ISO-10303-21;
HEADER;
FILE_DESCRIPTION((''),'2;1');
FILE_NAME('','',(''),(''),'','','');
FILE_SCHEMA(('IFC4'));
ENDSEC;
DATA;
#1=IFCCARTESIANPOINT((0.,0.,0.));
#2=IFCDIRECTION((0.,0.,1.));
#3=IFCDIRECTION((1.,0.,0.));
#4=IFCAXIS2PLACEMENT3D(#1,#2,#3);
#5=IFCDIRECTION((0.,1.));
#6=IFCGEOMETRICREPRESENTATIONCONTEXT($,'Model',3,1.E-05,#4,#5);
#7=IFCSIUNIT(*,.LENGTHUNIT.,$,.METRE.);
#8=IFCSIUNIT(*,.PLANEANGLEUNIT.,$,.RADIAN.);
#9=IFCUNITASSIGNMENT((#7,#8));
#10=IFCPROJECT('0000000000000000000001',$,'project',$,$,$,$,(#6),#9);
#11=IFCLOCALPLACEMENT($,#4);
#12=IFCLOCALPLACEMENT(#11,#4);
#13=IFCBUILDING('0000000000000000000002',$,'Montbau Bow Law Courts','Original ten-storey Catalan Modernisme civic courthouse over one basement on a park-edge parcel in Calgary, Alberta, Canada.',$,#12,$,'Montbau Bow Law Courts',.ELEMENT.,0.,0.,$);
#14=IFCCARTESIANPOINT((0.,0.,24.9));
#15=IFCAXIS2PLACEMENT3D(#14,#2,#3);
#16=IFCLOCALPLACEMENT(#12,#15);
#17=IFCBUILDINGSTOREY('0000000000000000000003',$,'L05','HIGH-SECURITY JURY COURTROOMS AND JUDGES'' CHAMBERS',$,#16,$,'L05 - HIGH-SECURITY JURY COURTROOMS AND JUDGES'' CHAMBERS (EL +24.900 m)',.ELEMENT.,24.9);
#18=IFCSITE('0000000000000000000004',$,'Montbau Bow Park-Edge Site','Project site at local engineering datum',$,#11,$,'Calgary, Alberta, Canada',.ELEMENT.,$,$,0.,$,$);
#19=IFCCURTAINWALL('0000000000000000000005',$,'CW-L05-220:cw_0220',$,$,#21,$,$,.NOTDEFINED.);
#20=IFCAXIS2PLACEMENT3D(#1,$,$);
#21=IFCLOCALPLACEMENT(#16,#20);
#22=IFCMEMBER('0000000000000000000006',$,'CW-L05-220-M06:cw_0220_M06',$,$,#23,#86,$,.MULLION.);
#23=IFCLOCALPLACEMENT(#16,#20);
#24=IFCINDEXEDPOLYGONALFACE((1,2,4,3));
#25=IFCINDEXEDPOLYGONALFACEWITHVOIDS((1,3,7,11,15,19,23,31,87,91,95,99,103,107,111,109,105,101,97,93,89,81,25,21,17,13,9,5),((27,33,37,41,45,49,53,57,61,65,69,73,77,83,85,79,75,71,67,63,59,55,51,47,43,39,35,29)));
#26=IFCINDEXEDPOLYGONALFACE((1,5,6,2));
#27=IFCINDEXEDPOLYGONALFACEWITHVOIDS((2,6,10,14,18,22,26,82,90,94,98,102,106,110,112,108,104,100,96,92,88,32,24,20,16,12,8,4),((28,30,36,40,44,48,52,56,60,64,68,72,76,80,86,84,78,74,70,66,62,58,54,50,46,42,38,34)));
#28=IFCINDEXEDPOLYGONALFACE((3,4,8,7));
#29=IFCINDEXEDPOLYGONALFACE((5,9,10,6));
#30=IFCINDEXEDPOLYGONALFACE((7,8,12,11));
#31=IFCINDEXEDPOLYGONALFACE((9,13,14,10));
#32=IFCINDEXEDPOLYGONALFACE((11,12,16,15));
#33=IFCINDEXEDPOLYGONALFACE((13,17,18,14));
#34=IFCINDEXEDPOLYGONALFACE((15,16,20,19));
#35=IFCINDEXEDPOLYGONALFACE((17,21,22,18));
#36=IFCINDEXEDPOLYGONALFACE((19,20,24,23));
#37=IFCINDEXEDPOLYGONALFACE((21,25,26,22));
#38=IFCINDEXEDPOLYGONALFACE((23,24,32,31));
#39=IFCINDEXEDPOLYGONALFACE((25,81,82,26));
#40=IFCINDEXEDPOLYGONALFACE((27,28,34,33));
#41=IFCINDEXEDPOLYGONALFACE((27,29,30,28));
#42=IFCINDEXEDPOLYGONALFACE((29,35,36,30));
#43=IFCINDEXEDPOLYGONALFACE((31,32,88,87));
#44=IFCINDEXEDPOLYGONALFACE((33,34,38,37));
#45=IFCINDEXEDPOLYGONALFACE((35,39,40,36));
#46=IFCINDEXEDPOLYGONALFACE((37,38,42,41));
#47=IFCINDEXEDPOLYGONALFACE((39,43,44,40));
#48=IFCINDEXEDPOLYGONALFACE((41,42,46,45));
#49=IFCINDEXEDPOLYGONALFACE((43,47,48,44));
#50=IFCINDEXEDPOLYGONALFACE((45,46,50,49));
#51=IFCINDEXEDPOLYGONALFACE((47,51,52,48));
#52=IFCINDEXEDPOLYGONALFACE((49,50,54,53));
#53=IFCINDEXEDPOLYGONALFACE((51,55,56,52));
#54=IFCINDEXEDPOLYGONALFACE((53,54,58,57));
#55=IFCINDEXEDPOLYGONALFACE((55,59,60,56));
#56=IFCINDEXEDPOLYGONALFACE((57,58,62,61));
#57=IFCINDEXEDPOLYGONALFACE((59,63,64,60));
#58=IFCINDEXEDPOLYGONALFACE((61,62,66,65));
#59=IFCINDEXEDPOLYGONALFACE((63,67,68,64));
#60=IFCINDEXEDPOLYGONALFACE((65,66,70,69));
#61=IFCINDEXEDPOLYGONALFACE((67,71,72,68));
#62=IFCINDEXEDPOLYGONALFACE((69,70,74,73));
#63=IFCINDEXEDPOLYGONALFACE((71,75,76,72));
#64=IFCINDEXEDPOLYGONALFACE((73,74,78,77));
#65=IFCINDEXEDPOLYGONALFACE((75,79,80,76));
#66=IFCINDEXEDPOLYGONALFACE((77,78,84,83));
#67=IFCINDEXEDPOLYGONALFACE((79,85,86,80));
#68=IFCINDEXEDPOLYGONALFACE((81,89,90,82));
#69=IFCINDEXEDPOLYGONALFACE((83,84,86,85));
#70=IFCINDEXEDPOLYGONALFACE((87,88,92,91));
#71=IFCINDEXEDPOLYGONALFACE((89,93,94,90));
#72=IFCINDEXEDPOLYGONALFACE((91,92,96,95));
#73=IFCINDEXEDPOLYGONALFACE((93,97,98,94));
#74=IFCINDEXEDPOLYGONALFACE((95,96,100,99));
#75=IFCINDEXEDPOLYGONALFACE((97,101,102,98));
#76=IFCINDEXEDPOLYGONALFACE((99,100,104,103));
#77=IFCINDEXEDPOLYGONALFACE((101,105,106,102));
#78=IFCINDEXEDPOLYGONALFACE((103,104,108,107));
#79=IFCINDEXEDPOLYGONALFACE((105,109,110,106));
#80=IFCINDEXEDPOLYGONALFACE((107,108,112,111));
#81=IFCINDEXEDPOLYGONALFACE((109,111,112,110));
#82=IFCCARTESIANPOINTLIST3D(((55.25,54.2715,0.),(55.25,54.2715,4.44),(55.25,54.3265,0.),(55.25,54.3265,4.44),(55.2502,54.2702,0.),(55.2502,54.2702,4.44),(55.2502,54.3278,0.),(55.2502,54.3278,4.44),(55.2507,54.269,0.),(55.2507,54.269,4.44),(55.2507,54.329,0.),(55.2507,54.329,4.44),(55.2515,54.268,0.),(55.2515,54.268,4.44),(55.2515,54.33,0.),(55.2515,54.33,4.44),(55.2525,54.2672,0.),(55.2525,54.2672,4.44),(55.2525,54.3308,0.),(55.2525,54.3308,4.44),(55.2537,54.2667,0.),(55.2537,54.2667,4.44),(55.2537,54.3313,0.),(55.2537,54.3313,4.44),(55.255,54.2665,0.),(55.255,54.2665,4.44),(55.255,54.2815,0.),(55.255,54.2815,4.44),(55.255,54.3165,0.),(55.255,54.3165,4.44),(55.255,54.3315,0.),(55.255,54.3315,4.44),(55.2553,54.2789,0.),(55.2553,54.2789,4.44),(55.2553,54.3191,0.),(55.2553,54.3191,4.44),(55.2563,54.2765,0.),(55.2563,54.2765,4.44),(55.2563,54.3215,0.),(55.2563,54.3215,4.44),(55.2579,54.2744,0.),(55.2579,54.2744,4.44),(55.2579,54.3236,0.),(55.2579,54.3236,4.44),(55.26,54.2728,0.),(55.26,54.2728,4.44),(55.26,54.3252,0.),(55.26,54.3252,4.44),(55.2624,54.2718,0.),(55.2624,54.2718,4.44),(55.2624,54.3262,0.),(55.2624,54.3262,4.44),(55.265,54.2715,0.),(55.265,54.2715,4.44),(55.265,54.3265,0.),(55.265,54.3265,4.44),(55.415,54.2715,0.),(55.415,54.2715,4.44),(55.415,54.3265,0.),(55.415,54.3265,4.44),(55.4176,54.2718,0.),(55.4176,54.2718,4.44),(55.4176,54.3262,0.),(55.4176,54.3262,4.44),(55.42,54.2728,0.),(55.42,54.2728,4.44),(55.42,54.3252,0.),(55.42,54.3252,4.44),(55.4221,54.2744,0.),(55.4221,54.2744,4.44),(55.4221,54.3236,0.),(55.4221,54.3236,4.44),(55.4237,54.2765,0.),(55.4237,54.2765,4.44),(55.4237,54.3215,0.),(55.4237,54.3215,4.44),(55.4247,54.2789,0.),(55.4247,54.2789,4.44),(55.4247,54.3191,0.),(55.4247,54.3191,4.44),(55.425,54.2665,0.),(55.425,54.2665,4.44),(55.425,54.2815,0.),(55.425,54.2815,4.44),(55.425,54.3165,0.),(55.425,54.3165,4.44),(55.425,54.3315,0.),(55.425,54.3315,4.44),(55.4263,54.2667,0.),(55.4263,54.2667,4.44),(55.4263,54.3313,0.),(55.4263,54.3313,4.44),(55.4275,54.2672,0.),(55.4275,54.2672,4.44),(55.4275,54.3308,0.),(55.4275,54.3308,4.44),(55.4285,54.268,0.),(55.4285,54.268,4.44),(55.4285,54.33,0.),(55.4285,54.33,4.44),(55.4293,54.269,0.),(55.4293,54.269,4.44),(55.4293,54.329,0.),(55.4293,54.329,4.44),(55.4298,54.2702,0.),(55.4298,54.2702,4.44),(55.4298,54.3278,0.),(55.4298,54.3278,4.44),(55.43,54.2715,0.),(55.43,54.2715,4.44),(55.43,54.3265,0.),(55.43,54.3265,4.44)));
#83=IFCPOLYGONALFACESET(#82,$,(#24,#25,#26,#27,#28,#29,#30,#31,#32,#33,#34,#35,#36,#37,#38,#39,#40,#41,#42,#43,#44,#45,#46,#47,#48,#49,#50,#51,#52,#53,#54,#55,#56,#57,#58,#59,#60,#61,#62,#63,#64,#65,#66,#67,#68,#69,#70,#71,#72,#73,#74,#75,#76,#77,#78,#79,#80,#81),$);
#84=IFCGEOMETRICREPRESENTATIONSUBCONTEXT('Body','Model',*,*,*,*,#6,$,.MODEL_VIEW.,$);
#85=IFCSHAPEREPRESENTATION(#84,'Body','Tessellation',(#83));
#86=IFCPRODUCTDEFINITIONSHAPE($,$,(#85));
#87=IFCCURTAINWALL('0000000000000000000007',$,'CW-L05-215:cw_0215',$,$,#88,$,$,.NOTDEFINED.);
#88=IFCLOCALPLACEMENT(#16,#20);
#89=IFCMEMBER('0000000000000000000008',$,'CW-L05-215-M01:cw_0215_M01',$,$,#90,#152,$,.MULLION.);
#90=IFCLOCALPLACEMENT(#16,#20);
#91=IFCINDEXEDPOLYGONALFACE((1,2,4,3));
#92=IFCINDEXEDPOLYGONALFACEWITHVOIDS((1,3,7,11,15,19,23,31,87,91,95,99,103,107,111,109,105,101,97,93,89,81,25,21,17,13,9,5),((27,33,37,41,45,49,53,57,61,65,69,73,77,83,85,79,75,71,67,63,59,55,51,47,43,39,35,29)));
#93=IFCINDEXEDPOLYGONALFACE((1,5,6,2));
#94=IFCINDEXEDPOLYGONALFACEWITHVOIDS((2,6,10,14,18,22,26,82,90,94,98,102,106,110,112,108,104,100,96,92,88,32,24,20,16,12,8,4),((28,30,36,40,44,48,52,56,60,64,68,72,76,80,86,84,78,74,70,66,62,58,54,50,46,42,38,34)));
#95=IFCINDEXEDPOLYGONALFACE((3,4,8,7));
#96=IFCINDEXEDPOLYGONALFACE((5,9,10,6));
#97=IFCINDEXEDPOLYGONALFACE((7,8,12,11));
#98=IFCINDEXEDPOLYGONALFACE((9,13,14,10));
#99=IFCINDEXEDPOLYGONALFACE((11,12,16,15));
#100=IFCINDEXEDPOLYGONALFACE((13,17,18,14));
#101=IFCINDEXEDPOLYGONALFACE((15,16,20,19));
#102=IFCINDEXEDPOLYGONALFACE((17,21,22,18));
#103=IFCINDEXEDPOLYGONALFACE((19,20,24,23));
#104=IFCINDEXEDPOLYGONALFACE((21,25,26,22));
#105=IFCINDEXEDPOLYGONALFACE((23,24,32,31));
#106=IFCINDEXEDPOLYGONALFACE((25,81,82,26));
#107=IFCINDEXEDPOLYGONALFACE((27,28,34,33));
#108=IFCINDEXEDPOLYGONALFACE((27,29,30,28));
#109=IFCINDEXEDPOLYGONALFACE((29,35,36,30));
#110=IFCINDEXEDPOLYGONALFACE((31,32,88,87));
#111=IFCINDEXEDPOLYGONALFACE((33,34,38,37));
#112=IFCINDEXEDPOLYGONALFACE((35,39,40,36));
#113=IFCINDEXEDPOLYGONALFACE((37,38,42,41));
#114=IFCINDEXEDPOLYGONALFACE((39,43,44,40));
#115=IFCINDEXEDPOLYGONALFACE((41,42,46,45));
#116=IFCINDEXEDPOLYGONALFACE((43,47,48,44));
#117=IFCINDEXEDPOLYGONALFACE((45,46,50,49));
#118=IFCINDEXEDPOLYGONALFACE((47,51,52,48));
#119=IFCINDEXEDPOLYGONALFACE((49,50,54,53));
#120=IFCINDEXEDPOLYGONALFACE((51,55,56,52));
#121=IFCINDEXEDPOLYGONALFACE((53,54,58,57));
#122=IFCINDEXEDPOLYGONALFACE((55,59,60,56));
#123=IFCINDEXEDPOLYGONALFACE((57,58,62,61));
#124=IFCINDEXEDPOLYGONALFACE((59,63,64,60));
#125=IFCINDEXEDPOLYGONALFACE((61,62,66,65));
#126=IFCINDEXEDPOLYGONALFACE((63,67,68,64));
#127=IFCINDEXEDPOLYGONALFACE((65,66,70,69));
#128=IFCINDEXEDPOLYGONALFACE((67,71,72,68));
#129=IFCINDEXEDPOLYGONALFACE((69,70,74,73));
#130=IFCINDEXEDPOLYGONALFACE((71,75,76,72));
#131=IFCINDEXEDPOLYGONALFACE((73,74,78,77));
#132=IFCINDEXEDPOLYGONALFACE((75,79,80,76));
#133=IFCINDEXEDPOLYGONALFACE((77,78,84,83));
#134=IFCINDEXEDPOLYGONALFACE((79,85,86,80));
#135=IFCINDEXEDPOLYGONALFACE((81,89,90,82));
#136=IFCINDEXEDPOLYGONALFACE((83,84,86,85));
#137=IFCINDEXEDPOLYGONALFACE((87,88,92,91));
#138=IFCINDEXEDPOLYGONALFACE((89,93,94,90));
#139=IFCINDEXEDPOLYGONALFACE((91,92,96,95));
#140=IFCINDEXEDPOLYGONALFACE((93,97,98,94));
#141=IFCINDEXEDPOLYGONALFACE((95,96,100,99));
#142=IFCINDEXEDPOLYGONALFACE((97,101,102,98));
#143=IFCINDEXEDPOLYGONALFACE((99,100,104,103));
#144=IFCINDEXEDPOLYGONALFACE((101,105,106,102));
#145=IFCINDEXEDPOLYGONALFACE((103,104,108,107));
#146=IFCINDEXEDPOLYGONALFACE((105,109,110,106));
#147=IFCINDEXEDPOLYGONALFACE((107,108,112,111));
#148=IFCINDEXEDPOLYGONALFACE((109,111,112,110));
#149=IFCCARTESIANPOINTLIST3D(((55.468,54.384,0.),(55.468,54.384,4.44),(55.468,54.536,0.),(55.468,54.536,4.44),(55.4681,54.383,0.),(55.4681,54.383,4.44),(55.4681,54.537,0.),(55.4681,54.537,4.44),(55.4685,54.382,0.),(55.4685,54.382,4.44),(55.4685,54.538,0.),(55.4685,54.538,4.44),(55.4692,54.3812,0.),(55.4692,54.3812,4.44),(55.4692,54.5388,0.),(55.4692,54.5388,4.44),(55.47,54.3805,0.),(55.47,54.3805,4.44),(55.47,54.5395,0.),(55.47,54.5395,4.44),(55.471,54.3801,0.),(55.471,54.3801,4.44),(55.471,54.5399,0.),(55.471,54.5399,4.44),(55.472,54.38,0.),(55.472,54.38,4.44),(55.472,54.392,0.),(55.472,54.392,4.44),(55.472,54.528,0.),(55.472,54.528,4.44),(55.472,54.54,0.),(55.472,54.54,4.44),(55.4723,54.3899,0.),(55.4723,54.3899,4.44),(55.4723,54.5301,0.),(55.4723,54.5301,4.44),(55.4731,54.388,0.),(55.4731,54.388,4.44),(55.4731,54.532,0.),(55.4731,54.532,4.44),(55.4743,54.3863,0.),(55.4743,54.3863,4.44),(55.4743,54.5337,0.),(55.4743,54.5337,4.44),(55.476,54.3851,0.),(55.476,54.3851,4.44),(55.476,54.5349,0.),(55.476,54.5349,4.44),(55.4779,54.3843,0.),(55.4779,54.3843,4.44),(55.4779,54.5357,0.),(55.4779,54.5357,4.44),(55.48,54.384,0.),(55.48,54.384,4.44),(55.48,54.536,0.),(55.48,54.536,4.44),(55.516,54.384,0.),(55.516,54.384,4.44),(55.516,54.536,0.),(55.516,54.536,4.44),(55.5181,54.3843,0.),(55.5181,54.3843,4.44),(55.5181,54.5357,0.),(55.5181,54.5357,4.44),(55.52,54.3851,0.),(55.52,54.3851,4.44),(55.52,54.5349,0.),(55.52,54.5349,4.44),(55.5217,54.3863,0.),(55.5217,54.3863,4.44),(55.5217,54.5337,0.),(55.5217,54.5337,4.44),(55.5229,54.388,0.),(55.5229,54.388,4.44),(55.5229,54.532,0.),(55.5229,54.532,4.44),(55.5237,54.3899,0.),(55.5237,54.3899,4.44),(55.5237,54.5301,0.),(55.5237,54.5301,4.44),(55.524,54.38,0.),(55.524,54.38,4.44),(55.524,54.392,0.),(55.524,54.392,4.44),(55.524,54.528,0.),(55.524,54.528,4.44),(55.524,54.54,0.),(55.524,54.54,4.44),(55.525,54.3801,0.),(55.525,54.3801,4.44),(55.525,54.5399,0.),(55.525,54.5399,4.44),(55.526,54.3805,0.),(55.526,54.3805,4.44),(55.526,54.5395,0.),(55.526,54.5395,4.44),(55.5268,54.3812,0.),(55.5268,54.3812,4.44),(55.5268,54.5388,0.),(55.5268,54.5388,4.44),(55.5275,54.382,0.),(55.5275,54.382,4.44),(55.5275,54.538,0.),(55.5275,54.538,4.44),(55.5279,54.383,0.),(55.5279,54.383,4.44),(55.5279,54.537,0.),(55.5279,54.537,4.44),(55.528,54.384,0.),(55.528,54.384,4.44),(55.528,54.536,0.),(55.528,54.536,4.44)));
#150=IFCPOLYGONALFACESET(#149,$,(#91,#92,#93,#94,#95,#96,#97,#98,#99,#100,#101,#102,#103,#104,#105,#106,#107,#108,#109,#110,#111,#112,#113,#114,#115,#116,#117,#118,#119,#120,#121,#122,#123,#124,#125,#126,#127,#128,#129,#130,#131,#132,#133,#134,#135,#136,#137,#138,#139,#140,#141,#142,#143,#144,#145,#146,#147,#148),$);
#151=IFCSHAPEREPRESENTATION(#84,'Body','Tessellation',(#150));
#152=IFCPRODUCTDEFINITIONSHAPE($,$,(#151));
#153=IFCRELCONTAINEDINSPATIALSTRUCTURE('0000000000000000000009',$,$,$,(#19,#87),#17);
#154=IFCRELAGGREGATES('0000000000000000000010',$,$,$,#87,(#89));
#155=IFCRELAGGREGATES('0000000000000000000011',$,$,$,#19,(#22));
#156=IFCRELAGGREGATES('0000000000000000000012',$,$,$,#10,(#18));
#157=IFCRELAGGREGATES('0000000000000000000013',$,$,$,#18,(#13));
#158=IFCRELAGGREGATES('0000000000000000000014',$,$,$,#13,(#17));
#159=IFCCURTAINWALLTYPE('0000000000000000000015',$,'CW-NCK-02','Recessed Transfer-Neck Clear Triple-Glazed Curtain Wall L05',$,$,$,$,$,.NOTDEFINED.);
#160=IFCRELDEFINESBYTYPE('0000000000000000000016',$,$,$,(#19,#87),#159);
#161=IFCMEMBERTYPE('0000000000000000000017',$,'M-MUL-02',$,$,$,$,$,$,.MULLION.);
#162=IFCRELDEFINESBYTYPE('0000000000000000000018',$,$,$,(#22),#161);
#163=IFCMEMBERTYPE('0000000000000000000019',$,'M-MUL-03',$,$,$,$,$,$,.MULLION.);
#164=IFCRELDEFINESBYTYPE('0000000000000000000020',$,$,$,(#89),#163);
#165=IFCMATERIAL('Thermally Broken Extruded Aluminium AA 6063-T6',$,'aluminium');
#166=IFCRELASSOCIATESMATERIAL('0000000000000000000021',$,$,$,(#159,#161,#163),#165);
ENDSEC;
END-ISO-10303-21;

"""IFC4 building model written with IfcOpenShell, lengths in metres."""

from ifc_helpers import new_model, si_unit, direction, frame, origin_with_axes, origin_2d_with_axis, place, context, subcontext, project, spatial, hollow_rectangle, extrude, material, material_profile, profile_set, type_object, element, aggregate, save


model = new_model("IFC4")

# Units and contexts
model_context = context("Model", 3, precision=1e-05, world=origin_with_axes(), true_north=direction((0.0, 1.0)))
body_context = subcontext(model_context, "Body", "Model", "MODEL_VIEW")
ifc_project = project(units=[si_unit("LENGTHUNIT", "METRE"), si_unit("PLANEANGLEUNIT", "RADIAN")], contexts=[model_context])

# Site, building, storey
site_placement = place(None, origin_with_axes())
site = spatial("IfcSite", under=ifc_project, at=site_placement, Name="Montbau Bow Park-Edge Site", Description="Project site at local engineering datum", LongName="Calgary, Alberta, Canada", CompositionType="ELEMENT", RefElevation=0.0)
building_placement = place(site_placement, origin_with_axes())
building = spatial("IfcBuilding", under=site, at=building_placement, Name="Montbau Bow Law Courts", Description="Original ten-storey Catalan Modernisme civic courthouse over one basement on a park-edge parcel in Calgary, Alberta, Canada.", LongName="Montbau Bow Law Courts", CompositionType="ELEMENT", ElevationOfRefHeight=0.0, ElevationOfTerrain=0.0)
storey_placement = place(building_placement, frame((0.0, 0.0, 24.9), z_axis=(0.0, 0.0, 1.0), x_axis=(1.0, 0.0, 0.0)))
storey = spatial("IfcBuildingStorey", under=building, at=storey_placement, Name="L05", Description="HIGH-SECURITY JURY COURTROOMS AND JUDGES' CHAMBERS", LongName="L05 - HIGH-SECURITY JURY COURTROOMS AND JUDGES' CHAMBERS (EL +24.900 m)", CompositionType="ELEMENT", Elevation=24.9)

# Curtain wall, member
ifc_material_1 = material(Name="Thermally Broken Extruded Aluminium AA 6063-T6", Category="aluminium")
curtain_wall_type = type_object("IfcCurtainWallType", Name="CW-NCK-02", Description="Recessed Transfer-Neck Clear Triple-Glazed Curtain Wall L05", PredefinedType="NOTDEFINED", material=ifc_material_1)
curtain_wall_1_placement = place(None, frame((55.34, 46.468, 24.9), z_axis=(0.0, 0.0, 1.0), x_axis=(1.0, 0.0, 0.0)))
curtain_wall_1 = element("IfcCurtainWall", 1, at=curtain_wall_1_placement, inside=storey, type_object=curtain_wall_type, Name="CW-L05-220:cw_0220", PredefinedType="NOTDEFINED")
ifc_material_profile_1 = material_profile(ifc_material_1, hollow_rectangle(XDim=0.065, YDim=0.18, WallThickness=0.005, InnerFilletRadius=0.01, OuterFilletRadius=0.005, at=origin_2d_with_axis()), Name="CWM-180X65", Category="Main", Priority=0)
ifc_profile_set_1 = profile_set([ifc_material_profile_1], Name="Thermally Broken Extruded Aluminium AA 6063-T6")
member_type_1 = type_object("IfcMemberType", Name="M-MUL-02", PredefinedType="MULLION", material=ifc_profile_set_1)
member_1_placement = place(None, frame((55.34, 54.299, 24.9), z_axis=(0.0, 0.0, 1.0), x_axis=(0.0, 1.0, 0.0)))
member_1 = element("IfcMember", 2, at=member_1_placement, type_object=member_type_1, Name="CW-L05-220-M06:cw_0220_M06", PredefinedType="MULLION", context=body_context, shape_type="SweptSolid", body=[
    extrude(hollow_rectangle(XDim=0.065, YDim=0.18, WallThickness=0.005, InnerFilletRadius=0.01, OuterFilletRadius=0.005, at=origin_2d_with_axis()), origin_with_axes(), (0.0, 0.0, 1.0), 4.44),
])

# Curtain wall, member
curtain_wall_2_placement = place(None, frame((55.468, 54.46, 24.9), z_axis=(0.0, 0.0, 1.0), x_axis=(1.0, 0.0, 0.0)))
curtain_wall_2 = element("IfcCurtainWall", 3, at=curtain_wall_2_placement, inside=storey, type_object=curtain_wall_type, Name="CW-L05-215:cw_0215", PredefinedType="NOTDEFINED")
ifc_material_profile_2 = material_profile(ifc_material_1, hollow_rectangle(XDim=0.06, YDim=0.16, WallThickness=0.004, InnerFilletRadius=0.008, OuterFilletRadius=0.004, at=origin_2d_with_axis()), Name="CWM-160X60", Category="Main", Priority=0)
ifc_profile_set_2 = profile_set([ifc_material_profile_2], Name="Thermally Broken Extruded Aluminium AA 6063-T6")
member_type_2 = type_object("IfcMemberType", Name="M-MUL-03", PredefinedType="MULLION", material=ifc_profile_set_2)
member_2_placement = place(None, frame((55.498, 54.46, 24.9), z_axis=(0.0, 0.0, 1.0), x_axis=(1.0, 0.0, 0.0)))
member_2 = element("IfcMember", 4, at=member_2_placement, type_object=member_type_2, Name="CW-L05-215-M01:cw_0215_M01", PredefinedType="MULLION", context=body_context, shape_type="SweptSolid", body=[
    extrude(hollow_rectangle(XDim=0.06, YDim=0.16, WallThickness=0.004, InnerFilletRadius=0.008, OuterFilletRadius=0.004, at=origin_2d_with_axis()), origin_with_axes(), (0.0, 0.0, 1.0), 4.44),
])

aggregate(curtain_wall_2, [member_2])
aggregate(curtain_wall_1, [member_1])

save(model, "model.ifc")
